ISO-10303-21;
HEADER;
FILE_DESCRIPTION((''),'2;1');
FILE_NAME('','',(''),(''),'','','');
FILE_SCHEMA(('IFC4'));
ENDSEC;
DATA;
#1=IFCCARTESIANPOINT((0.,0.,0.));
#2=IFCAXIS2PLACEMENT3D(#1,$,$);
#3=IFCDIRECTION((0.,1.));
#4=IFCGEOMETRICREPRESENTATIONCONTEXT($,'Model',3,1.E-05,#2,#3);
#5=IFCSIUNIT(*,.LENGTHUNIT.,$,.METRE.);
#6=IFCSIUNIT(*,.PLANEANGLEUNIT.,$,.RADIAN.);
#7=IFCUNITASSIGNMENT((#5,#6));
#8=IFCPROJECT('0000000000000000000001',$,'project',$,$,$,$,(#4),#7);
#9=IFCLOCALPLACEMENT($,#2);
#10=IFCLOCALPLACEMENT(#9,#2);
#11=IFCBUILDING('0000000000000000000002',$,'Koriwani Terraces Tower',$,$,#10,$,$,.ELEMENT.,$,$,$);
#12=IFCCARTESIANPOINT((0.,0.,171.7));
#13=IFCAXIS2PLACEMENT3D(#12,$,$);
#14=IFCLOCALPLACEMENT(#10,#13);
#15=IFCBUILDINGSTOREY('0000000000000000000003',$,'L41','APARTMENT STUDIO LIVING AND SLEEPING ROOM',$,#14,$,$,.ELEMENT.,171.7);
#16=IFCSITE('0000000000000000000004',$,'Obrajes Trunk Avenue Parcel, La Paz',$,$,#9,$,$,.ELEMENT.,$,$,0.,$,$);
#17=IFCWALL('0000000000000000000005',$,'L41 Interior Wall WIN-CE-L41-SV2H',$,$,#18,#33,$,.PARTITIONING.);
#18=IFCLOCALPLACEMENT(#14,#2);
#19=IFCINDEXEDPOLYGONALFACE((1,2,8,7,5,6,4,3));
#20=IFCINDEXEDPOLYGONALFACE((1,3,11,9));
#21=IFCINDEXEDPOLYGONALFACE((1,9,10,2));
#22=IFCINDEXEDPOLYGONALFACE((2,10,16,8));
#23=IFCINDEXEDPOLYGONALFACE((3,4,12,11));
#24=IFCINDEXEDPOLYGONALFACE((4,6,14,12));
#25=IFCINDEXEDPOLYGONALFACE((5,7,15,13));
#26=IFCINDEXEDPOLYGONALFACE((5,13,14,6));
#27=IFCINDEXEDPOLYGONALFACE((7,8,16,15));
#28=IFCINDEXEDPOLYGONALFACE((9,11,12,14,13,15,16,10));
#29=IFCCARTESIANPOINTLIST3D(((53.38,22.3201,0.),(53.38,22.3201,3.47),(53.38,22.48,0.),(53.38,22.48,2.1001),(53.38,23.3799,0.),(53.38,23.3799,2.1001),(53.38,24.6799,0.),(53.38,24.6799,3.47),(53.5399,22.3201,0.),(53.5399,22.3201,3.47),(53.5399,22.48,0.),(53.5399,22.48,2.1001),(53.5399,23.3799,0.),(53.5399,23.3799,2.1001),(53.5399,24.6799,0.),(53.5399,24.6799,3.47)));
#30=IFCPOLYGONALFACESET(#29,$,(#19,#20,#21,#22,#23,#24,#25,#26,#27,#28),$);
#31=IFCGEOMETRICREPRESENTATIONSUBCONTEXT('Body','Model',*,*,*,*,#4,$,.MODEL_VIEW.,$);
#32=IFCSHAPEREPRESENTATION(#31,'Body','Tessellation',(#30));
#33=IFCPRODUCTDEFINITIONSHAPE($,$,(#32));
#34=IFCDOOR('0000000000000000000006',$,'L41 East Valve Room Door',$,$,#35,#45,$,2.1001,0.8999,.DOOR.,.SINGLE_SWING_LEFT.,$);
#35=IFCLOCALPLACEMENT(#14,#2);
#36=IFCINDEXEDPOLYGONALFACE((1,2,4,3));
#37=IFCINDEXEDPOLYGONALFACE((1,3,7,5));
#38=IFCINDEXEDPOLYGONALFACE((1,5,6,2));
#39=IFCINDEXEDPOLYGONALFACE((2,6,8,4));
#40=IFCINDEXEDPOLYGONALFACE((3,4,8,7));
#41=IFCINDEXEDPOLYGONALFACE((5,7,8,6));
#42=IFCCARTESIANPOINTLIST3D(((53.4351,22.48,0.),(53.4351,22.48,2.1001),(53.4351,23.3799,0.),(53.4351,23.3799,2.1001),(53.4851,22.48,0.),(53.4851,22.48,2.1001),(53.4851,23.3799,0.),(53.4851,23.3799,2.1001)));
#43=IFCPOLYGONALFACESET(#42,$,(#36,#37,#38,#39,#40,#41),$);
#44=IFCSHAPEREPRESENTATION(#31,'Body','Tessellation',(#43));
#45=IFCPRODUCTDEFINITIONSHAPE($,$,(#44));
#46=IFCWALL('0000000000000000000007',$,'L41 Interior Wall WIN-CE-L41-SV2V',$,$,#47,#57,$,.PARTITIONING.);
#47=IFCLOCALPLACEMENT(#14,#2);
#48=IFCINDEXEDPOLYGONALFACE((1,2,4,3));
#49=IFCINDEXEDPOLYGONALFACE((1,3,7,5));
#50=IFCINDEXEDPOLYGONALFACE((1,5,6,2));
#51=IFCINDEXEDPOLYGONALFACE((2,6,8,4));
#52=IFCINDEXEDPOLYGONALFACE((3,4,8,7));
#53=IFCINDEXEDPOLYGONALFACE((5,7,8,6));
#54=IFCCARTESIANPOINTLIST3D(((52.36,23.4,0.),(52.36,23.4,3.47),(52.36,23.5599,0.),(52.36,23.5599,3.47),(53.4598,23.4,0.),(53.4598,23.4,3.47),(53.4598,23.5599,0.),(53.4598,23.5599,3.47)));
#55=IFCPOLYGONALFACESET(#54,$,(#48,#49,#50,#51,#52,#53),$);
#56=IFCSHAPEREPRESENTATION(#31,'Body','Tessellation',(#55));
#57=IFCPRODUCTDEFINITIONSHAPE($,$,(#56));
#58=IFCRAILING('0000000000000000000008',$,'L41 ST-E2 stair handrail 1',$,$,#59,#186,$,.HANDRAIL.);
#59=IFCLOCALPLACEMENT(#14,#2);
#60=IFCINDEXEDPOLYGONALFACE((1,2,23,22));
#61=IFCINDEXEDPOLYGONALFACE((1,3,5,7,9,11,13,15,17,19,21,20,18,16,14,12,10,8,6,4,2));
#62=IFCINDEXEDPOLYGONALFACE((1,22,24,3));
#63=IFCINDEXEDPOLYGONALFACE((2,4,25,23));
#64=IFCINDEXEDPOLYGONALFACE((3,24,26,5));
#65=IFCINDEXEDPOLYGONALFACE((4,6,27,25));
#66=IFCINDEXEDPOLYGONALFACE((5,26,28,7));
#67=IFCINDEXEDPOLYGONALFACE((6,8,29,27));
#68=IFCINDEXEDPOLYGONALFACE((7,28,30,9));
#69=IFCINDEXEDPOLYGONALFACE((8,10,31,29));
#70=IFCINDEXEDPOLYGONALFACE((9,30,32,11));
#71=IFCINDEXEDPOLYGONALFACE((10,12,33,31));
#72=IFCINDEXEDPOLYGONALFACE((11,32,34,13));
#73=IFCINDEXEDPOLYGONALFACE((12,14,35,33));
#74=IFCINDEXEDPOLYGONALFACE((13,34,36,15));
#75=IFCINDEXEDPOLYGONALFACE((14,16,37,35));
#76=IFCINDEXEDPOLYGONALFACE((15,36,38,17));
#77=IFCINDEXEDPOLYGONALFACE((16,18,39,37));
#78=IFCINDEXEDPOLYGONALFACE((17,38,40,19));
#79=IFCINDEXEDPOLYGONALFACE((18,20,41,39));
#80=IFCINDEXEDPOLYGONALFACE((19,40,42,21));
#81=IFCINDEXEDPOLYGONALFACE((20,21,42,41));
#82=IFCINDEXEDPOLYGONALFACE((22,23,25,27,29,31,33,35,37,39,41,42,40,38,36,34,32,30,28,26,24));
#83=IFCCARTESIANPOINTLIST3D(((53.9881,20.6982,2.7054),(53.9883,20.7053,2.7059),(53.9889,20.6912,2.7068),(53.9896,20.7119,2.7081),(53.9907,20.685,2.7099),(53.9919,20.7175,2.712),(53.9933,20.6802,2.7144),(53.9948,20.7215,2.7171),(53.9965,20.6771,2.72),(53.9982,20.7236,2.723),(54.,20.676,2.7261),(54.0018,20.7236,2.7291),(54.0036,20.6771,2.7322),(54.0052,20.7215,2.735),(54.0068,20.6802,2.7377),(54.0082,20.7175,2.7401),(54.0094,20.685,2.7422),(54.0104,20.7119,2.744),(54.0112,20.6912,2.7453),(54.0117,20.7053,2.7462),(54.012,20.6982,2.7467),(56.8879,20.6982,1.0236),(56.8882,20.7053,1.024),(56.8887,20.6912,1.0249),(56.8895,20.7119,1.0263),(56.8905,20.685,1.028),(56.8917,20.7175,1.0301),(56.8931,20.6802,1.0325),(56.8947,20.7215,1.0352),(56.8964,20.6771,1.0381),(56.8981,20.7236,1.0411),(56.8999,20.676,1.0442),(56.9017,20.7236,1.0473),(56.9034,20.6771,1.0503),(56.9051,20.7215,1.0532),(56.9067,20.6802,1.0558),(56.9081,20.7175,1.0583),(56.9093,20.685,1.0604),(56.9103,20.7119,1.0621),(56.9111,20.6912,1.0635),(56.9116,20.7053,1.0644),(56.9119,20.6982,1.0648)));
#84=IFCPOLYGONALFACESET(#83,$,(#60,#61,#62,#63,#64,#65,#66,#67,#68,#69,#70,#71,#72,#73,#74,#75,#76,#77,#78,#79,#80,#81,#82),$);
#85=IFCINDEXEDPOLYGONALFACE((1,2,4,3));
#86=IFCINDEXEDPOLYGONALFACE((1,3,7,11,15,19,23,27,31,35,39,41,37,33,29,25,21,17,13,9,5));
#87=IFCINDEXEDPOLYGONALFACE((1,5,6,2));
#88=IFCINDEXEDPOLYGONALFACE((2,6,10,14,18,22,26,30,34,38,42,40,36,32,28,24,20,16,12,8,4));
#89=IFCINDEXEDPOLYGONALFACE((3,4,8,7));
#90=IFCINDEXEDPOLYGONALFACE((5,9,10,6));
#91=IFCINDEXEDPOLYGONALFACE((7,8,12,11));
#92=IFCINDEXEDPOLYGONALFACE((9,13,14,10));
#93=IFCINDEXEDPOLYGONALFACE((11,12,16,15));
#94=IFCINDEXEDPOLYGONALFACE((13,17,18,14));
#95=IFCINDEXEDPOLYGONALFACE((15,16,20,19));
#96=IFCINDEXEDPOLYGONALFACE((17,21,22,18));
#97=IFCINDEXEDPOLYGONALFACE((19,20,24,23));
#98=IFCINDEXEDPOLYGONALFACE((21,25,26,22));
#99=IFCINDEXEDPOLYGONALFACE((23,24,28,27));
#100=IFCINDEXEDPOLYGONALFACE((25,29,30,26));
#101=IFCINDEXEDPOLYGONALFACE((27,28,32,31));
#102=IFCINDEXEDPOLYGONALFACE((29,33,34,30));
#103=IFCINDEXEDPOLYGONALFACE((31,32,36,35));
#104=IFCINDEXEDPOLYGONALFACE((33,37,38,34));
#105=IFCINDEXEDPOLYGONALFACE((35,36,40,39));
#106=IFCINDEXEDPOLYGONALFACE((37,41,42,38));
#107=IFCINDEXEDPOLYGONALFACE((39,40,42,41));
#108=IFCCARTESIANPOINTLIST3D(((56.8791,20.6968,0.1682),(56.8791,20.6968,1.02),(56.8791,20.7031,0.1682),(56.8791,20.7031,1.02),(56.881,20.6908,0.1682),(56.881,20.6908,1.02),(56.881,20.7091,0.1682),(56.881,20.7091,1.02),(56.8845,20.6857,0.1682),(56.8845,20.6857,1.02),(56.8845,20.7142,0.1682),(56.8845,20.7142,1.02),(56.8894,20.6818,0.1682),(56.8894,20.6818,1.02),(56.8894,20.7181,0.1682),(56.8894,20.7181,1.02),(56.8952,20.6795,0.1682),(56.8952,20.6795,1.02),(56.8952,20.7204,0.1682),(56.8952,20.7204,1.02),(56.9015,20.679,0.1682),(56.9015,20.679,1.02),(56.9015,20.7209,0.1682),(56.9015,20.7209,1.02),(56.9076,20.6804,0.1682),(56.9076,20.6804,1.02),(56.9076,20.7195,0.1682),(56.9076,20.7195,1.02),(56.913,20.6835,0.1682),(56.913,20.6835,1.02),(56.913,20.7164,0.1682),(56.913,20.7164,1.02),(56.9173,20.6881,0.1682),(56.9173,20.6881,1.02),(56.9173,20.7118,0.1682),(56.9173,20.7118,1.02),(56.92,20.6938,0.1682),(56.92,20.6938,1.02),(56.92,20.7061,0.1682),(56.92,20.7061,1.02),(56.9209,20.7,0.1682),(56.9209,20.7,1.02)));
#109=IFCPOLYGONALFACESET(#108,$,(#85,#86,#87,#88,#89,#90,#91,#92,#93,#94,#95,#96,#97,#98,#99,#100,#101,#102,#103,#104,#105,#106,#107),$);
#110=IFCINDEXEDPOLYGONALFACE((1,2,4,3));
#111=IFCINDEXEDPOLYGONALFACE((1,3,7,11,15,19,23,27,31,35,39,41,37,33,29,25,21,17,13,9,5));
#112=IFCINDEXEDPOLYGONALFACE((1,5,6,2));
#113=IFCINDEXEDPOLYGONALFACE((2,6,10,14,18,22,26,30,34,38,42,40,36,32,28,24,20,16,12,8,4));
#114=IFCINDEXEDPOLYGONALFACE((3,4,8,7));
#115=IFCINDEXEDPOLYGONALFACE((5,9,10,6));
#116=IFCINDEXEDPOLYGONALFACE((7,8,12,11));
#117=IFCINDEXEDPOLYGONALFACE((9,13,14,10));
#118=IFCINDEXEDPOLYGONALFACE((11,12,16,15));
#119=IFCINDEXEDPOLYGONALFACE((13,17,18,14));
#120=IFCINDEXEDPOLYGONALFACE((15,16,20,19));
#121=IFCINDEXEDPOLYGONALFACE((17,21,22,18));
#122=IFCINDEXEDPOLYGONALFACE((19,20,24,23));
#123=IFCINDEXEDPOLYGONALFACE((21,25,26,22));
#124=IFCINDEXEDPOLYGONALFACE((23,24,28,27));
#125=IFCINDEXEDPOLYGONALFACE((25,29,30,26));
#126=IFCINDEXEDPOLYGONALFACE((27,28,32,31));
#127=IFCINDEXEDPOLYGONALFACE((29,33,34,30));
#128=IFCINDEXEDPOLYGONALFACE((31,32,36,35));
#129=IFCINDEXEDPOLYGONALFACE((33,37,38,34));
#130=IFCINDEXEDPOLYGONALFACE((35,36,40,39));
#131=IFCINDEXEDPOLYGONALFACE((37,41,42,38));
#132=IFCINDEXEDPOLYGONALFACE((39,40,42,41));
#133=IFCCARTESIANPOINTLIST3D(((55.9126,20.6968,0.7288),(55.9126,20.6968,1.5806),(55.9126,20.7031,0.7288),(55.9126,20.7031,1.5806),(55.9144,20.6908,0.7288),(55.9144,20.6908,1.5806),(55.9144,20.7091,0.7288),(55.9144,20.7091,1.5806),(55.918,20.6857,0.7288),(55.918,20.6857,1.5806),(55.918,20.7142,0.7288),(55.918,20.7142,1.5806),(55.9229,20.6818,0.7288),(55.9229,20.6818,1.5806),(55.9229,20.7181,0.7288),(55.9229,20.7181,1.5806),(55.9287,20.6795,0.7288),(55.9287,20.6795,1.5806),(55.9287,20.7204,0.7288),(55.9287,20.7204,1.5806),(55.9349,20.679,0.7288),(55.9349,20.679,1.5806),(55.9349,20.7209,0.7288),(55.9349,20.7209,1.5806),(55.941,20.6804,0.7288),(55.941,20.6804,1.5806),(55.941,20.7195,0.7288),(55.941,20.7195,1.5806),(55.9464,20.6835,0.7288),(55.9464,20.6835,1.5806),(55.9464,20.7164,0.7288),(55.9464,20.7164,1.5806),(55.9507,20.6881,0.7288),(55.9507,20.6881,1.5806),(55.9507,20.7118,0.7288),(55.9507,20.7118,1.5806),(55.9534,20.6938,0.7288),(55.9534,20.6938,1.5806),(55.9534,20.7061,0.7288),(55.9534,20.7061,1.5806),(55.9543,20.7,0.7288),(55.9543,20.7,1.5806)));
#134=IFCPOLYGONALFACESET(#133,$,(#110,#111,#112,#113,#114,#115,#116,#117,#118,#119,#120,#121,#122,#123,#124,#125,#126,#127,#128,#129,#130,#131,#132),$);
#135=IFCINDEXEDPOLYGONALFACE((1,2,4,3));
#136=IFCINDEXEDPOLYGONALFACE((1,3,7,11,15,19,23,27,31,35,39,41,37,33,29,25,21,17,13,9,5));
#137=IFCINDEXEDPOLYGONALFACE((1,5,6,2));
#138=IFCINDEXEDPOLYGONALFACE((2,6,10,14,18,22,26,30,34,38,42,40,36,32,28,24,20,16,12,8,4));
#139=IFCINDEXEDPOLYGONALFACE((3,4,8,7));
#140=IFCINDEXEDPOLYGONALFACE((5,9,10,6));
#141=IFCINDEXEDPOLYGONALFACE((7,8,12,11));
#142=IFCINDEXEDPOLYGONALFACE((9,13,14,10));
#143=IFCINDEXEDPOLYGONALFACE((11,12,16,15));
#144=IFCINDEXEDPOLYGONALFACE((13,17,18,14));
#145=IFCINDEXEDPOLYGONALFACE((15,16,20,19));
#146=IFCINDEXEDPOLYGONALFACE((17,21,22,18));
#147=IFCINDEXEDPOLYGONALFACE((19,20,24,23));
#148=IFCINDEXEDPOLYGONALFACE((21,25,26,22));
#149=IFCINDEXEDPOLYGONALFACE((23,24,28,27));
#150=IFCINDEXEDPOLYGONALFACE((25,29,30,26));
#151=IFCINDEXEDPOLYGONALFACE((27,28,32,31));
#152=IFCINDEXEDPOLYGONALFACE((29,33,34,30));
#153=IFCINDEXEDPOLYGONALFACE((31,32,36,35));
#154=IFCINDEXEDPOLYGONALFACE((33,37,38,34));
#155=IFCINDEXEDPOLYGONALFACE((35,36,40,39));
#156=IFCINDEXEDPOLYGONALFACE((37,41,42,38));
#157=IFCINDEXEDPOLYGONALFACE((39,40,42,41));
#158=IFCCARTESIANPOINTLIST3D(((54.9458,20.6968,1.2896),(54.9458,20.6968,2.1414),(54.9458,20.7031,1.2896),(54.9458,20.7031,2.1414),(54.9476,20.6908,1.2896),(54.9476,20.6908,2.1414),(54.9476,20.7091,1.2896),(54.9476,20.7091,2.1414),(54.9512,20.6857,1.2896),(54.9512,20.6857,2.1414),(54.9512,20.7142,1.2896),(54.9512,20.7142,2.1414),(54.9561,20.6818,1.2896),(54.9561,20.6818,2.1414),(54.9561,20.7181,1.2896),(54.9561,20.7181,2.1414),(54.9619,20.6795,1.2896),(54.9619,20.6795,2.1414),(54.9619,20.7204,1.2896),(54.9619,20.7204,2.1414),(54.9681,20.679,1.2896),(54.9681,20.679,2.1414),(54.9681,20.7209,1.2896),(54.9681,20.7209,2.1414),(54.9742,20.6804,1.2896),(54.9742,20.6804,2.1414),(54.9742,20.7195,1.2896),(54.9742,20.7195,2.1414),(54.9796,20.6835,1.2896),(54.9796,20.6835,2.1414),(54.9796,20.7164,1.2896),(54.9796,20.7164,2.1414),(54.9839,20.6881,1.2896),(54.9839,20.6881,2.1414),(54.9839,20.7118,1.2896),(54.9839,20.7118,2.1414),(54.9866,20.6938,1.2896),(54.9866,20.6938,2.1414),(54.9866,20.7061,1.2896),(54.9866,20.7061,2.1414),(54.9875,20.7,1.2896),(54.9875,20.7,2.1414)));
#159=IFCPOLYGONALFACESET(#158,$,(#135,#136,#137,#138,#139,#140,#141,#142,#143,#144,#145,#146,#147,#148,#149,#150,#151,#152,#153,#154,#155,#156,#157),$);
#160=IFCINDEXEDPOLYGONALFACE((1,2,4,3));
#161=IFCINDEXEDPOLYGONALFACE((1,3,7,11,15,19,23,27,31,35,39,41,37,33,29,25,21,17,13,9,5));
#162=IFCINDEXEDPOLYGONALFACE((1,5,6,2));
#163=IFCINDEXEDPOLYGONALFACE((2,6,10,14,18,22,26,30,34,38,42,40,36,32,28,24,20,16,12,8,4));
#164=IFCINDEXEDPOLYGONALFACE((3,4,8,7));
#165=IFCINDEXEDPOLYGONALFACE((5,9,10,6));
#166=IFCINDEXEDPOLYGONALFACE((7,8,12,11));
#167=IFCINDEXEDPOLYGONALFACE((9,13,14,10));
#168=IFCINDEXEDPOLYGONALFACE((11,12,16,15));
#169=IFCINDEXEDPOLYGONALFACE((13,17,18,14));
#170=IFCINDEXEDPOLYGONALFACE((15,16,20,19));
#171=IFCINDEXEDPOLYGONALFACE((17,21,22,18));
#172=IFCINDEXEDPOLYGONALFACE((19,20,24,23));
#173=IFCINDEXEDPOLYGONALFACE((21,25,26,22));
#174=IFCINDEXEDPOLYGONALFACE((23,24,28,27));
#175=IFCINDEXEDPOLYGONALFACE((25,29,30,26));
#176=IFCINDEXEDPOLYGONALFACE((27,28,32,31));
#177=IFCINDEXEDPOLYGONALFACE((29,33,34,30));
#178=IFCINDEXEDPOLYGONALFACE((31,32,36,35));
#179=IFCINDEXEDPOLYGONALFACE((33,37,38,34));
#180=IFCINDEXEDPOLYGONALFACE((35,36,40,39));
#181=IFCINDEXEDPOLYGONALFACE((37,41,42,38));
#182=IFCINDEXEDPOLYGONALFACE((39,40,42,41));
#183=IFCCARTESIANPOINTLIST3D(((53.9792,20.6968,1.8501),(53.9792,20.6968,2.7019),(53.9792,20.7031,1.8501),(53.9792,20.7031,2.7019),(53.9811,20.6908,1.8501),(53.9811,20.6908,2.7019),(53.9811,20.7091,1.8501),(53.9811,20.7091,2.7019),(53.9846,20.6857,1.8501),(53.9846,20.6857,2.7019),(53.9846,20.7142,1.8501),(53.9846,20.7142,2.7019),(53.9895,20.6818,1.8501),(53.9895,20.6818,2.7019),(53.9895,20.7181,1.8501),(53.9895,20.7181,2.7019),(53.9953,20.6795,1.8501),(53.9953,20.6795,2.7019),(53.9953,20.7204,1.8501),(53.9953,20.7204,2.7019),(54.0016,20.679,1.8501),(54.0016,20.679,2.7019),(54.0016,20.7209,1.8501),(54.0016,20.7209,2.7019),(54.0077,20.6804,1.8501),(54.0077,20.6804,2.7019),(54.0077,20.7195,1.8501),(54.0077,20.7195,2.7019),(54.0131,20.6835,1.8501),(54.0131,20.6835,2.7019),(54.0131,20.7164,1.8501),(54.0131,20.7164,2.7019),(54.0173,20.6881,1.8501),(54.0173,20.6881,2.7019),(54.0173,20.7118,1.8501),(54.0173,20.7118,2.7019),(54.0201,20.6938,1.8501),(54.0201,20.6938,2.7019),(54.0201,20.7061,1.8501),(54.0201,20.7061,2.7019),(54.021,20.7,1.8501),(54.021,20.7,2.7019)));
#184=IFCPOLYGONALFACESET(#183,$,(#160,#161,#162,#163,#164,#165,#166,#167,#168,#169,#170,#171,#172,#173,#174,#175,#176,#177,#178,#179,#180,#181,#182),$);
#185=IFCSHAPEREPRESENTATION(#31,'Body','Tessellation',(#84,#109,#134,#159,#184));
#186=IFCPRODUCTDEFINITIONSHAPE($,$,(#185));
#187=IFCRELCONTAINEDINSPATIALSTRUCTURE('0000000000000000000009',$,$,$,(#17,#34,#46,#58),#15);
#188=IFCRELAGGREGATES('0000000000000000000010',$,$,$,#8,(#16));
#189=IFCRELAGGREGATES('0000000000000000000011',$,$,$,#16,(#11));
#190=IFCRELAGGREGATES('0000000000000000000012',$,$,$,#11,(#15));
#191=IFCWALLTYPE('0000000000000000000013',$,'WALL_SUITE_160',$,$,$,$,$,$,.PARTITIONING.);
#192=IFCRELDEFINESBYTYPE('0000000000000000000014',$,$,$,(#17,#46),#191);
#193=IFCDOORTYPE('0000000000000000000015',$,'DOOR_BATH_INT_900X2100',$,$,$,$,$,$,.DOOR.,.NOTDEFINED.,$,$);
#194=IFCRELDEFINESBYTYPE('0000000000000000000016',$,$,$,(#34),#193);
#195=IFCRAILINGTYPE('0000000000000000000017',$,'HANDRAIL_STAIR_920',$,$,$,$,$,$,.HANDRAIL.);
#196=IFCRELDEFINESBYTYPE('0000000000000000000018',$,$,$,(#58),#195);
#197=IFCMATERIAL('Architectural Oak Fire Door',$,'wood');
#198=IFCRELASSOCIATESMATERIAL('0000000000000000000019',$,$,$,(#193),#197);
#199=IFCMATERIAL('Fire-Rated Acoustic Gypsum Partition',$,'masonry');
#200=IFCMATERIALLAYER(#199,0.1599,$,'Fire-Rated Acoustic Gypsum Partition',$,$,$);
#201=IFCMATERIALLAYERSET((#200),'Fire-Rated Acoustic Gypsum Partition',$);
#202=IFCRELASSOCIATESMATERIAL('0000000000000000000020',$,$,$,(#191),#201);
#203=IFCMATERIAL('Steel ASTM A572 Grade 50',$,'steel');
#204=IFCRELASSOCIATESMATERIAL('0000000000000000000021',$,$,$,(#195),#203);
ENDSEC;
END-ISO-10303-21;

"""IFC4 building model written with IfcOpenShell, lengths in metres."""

from ifc_helpers import new_model, si_unit, direction, frame, frame_2d, origin, origin_2d, place, context, subcontext, project, spatial, rectangle, circle, extrude, material, layer, layer_set, type_object, element, fill, save


model = new_model("IFC4")

# Units and contexts
model_context = context("Model", 3, precision=1e-05, world=origin(), true_north=direction((0.0, 1.0)))
body_context = subcontext(model_context, "Body", "Model", "MODEL_VIEW")
ifc_project = project(units=[si_unit("LENGTHUNIT", "METRE"), si_unit("PLANEANGLEUNIT", "RADIAN")], contexts=[model_context])

# Site, building, storey
site_placement = place(None, origin())
site = spatial("IfcSite", under=ifc_project, at=site_placement, Name="Obrajes Trunk Avenue Parcel, La Paz", CompositionType="ELEMENT", RefElevation=0.0)
building_placement = place(site_placement, origin())
building = spatial("IfcBuilding", under=site, at=building_placement, Name="Koriwani Terraces Tower", CompositionType="ELEMENT")
storey_placement = place(building_placement, frame((0.0, 0.0, 171.7)))
storey = spatial("IfcBuildingStorey", under=building, at=storey_placement, Name="L41", Description="APARTMENT STUDIO LIVING AND SLEEPING ROOM", CompositionType="ELEMENT", Elevation=171.7)

# Shared definitions
ifc_material_1 = material(Name="Steel ASTM A572 Grade 50", Category="steel")

# Shared definitions
ifc_material_2 = material(Name="Architectural Oak Fire Door", Category="wood")

# Shared definitions
ifc_material_3 = material(Name="Fire-Rated Acoustic Gypsum Partition", Category="masonry")
door_type_1 = type_object("IfcDoorType", Name="DOOR_BATH_INT_900X2100", OperationType="NOTDEFINED", PredefinedType="DOOR", material=ifc_material_2)

# Wall, opening, door
ifc_layer_1 = layer(ifc_material_3, 0.1599, Name="Fire-Rated Acoustic Gypsum Partition")
ifc_layer_set_1 = layer_set([ifc_layer_1], Name="Fire-Rated Acoustic Gypsum Partition")
wall_type_1 = type_object("IfcWallType", Name="WALL_SUITE_160", PredefinedType="PARTITIONING", material=ifc_layer_set_1)
wall_1_placement = place(storey_placement, frame((53.46, 22.3201, 0.0), z_axis=(0.0, 0.0, 1.0), x_axis=(0.0, 1.0, 0.0)))
wall_1 = element("IfcWall", 1, at=wall_1_placement, inside=storey, type_object=wall_type_1, Name="L41 Interior Wall WIN-CE-L41-SV2H", PredefinedType="PARTITIONING", context=body_context, shape_type="SweptSolid", body=[
    extrude(rectangle(XDim=2.3599, YDim=0.1599, at=frame_2d((1.1799, 0.0))), origin(), (0.0, 0.0, 1.0), 3.47),
])
opening_1_placement = place(wall_1_placement, frame((0.1599, 0.0, 0.0)))
opening_1 = element("IfcOpeningElement", 2, at=opening_1_placement, cuts=wall_1, PredefinedType="OPENING", context=body_context, shape_type="SweptSolid", body=[
    extrude(rectangle(XDim=0.8999, YDim=2.1001, at=frame_2d((0.45, 1.05))), frame((0.0, 0.0898, 0.0), z_axis=(0.0, -1.0, 0.0), x_axis=(1.0, 0.0, 0.0)), (0.0, 0.0, 1.0), 0.1799),
])
door_1_placement = place(opening_1_placement, origin())
door_1 = element("IfcDoor", 3, at=door_1_placement, inside=storey, type_object=door_type_1, Name="L41 East Valve Room Door", OperationType="SINGLE_SWING_LEFT", OverallHeight=2.1001, OverallWidth=0.8999, PredefinedType="DOOR", context=body_context, shape_type="SweptSolid", body=[
    extrude(rectangle(XDim=0.8999, YDim=2.1001, at=frame_2d((0.45, 1.05))), frame((0.0, 0.0249, 0.0), z_axis=(0.0, -1.0, 0.0), x_axis=(1.0, 0.0, 0.0)), (0.0, 0.0, 1.0), 0.05),
])
fill(opening_1, door_1)

# Wall
wall_2_placement = place(storey_placement, frame((52.3601, 23.48, 0.0), z_axis=(0.0, 0.0, 1.0), x_axis=(1.0, 0.0, 0.0)))
element("IfcWall", 4, at=wall_2_placement, inside=storey, type_object=wall_type_1, Name="L41 Interior Wall WIN-CE-L41-SV2V", PredefinedType="PARTITIONING", context=body_context, shape_type="SweptSolid", body=[
    extrude(rectangle(XDim=1.0999, YDim=0.1599, at=frame_2d((0.5498, 0.0))), origin(), (0.0, 0.0, 1.0), 3.47),
])

# Railing
railing_type = type_object("IfcRailingType", Name="HANDRAIL_STAIR_920", PredefinedType="HANDRAIL", material=ifc_material_1)
railing_placement = place(storey_placement, frame((56.8999, 20.7, 0.1682)))
element("IfcRailing", 5, at=railing_placement, inside=storey, type_object=railing_type, Name="L41 ST-E2 stair handrail 1", PredefinedType="HANDRAIL", context=body_context, shape_type="SweptSolid", body=[
    extrude(circle(Radius=0.0239, at=origin_2d()), frame((0.0, 0.0, 0.876), z_axis=(-0.865039, 0.0, 0.501705), x_axis=(0.0, -1.0, 0.0)), (0.0, 0.0, 1.0), 3.3523),
    extrude(circle(Radius=0.021, at=origin_2d()), origin(), (0.0, 0.0, 1.0), 0.8518),
    extrude(circle(Radius=0.021, at=origin_2d()), frame((-0.9666, 0.0, 0.5605)), (0.0, 0.0, 1.0), 0.8518),
    extrude(circle(Radius=0.021, at=origin_2d()), frame((-1.9333, 0.0, 1.1213)), (0.0, 0.0, 1.0), 0.8518),
    extrude(circle(Radius=0.021, at=origin_2d()), frame((-2.8999, 0.0, 1.6819)), (0.0, 0.0, 1.0), 0.8518),
])

save(model, "model.ifc")
